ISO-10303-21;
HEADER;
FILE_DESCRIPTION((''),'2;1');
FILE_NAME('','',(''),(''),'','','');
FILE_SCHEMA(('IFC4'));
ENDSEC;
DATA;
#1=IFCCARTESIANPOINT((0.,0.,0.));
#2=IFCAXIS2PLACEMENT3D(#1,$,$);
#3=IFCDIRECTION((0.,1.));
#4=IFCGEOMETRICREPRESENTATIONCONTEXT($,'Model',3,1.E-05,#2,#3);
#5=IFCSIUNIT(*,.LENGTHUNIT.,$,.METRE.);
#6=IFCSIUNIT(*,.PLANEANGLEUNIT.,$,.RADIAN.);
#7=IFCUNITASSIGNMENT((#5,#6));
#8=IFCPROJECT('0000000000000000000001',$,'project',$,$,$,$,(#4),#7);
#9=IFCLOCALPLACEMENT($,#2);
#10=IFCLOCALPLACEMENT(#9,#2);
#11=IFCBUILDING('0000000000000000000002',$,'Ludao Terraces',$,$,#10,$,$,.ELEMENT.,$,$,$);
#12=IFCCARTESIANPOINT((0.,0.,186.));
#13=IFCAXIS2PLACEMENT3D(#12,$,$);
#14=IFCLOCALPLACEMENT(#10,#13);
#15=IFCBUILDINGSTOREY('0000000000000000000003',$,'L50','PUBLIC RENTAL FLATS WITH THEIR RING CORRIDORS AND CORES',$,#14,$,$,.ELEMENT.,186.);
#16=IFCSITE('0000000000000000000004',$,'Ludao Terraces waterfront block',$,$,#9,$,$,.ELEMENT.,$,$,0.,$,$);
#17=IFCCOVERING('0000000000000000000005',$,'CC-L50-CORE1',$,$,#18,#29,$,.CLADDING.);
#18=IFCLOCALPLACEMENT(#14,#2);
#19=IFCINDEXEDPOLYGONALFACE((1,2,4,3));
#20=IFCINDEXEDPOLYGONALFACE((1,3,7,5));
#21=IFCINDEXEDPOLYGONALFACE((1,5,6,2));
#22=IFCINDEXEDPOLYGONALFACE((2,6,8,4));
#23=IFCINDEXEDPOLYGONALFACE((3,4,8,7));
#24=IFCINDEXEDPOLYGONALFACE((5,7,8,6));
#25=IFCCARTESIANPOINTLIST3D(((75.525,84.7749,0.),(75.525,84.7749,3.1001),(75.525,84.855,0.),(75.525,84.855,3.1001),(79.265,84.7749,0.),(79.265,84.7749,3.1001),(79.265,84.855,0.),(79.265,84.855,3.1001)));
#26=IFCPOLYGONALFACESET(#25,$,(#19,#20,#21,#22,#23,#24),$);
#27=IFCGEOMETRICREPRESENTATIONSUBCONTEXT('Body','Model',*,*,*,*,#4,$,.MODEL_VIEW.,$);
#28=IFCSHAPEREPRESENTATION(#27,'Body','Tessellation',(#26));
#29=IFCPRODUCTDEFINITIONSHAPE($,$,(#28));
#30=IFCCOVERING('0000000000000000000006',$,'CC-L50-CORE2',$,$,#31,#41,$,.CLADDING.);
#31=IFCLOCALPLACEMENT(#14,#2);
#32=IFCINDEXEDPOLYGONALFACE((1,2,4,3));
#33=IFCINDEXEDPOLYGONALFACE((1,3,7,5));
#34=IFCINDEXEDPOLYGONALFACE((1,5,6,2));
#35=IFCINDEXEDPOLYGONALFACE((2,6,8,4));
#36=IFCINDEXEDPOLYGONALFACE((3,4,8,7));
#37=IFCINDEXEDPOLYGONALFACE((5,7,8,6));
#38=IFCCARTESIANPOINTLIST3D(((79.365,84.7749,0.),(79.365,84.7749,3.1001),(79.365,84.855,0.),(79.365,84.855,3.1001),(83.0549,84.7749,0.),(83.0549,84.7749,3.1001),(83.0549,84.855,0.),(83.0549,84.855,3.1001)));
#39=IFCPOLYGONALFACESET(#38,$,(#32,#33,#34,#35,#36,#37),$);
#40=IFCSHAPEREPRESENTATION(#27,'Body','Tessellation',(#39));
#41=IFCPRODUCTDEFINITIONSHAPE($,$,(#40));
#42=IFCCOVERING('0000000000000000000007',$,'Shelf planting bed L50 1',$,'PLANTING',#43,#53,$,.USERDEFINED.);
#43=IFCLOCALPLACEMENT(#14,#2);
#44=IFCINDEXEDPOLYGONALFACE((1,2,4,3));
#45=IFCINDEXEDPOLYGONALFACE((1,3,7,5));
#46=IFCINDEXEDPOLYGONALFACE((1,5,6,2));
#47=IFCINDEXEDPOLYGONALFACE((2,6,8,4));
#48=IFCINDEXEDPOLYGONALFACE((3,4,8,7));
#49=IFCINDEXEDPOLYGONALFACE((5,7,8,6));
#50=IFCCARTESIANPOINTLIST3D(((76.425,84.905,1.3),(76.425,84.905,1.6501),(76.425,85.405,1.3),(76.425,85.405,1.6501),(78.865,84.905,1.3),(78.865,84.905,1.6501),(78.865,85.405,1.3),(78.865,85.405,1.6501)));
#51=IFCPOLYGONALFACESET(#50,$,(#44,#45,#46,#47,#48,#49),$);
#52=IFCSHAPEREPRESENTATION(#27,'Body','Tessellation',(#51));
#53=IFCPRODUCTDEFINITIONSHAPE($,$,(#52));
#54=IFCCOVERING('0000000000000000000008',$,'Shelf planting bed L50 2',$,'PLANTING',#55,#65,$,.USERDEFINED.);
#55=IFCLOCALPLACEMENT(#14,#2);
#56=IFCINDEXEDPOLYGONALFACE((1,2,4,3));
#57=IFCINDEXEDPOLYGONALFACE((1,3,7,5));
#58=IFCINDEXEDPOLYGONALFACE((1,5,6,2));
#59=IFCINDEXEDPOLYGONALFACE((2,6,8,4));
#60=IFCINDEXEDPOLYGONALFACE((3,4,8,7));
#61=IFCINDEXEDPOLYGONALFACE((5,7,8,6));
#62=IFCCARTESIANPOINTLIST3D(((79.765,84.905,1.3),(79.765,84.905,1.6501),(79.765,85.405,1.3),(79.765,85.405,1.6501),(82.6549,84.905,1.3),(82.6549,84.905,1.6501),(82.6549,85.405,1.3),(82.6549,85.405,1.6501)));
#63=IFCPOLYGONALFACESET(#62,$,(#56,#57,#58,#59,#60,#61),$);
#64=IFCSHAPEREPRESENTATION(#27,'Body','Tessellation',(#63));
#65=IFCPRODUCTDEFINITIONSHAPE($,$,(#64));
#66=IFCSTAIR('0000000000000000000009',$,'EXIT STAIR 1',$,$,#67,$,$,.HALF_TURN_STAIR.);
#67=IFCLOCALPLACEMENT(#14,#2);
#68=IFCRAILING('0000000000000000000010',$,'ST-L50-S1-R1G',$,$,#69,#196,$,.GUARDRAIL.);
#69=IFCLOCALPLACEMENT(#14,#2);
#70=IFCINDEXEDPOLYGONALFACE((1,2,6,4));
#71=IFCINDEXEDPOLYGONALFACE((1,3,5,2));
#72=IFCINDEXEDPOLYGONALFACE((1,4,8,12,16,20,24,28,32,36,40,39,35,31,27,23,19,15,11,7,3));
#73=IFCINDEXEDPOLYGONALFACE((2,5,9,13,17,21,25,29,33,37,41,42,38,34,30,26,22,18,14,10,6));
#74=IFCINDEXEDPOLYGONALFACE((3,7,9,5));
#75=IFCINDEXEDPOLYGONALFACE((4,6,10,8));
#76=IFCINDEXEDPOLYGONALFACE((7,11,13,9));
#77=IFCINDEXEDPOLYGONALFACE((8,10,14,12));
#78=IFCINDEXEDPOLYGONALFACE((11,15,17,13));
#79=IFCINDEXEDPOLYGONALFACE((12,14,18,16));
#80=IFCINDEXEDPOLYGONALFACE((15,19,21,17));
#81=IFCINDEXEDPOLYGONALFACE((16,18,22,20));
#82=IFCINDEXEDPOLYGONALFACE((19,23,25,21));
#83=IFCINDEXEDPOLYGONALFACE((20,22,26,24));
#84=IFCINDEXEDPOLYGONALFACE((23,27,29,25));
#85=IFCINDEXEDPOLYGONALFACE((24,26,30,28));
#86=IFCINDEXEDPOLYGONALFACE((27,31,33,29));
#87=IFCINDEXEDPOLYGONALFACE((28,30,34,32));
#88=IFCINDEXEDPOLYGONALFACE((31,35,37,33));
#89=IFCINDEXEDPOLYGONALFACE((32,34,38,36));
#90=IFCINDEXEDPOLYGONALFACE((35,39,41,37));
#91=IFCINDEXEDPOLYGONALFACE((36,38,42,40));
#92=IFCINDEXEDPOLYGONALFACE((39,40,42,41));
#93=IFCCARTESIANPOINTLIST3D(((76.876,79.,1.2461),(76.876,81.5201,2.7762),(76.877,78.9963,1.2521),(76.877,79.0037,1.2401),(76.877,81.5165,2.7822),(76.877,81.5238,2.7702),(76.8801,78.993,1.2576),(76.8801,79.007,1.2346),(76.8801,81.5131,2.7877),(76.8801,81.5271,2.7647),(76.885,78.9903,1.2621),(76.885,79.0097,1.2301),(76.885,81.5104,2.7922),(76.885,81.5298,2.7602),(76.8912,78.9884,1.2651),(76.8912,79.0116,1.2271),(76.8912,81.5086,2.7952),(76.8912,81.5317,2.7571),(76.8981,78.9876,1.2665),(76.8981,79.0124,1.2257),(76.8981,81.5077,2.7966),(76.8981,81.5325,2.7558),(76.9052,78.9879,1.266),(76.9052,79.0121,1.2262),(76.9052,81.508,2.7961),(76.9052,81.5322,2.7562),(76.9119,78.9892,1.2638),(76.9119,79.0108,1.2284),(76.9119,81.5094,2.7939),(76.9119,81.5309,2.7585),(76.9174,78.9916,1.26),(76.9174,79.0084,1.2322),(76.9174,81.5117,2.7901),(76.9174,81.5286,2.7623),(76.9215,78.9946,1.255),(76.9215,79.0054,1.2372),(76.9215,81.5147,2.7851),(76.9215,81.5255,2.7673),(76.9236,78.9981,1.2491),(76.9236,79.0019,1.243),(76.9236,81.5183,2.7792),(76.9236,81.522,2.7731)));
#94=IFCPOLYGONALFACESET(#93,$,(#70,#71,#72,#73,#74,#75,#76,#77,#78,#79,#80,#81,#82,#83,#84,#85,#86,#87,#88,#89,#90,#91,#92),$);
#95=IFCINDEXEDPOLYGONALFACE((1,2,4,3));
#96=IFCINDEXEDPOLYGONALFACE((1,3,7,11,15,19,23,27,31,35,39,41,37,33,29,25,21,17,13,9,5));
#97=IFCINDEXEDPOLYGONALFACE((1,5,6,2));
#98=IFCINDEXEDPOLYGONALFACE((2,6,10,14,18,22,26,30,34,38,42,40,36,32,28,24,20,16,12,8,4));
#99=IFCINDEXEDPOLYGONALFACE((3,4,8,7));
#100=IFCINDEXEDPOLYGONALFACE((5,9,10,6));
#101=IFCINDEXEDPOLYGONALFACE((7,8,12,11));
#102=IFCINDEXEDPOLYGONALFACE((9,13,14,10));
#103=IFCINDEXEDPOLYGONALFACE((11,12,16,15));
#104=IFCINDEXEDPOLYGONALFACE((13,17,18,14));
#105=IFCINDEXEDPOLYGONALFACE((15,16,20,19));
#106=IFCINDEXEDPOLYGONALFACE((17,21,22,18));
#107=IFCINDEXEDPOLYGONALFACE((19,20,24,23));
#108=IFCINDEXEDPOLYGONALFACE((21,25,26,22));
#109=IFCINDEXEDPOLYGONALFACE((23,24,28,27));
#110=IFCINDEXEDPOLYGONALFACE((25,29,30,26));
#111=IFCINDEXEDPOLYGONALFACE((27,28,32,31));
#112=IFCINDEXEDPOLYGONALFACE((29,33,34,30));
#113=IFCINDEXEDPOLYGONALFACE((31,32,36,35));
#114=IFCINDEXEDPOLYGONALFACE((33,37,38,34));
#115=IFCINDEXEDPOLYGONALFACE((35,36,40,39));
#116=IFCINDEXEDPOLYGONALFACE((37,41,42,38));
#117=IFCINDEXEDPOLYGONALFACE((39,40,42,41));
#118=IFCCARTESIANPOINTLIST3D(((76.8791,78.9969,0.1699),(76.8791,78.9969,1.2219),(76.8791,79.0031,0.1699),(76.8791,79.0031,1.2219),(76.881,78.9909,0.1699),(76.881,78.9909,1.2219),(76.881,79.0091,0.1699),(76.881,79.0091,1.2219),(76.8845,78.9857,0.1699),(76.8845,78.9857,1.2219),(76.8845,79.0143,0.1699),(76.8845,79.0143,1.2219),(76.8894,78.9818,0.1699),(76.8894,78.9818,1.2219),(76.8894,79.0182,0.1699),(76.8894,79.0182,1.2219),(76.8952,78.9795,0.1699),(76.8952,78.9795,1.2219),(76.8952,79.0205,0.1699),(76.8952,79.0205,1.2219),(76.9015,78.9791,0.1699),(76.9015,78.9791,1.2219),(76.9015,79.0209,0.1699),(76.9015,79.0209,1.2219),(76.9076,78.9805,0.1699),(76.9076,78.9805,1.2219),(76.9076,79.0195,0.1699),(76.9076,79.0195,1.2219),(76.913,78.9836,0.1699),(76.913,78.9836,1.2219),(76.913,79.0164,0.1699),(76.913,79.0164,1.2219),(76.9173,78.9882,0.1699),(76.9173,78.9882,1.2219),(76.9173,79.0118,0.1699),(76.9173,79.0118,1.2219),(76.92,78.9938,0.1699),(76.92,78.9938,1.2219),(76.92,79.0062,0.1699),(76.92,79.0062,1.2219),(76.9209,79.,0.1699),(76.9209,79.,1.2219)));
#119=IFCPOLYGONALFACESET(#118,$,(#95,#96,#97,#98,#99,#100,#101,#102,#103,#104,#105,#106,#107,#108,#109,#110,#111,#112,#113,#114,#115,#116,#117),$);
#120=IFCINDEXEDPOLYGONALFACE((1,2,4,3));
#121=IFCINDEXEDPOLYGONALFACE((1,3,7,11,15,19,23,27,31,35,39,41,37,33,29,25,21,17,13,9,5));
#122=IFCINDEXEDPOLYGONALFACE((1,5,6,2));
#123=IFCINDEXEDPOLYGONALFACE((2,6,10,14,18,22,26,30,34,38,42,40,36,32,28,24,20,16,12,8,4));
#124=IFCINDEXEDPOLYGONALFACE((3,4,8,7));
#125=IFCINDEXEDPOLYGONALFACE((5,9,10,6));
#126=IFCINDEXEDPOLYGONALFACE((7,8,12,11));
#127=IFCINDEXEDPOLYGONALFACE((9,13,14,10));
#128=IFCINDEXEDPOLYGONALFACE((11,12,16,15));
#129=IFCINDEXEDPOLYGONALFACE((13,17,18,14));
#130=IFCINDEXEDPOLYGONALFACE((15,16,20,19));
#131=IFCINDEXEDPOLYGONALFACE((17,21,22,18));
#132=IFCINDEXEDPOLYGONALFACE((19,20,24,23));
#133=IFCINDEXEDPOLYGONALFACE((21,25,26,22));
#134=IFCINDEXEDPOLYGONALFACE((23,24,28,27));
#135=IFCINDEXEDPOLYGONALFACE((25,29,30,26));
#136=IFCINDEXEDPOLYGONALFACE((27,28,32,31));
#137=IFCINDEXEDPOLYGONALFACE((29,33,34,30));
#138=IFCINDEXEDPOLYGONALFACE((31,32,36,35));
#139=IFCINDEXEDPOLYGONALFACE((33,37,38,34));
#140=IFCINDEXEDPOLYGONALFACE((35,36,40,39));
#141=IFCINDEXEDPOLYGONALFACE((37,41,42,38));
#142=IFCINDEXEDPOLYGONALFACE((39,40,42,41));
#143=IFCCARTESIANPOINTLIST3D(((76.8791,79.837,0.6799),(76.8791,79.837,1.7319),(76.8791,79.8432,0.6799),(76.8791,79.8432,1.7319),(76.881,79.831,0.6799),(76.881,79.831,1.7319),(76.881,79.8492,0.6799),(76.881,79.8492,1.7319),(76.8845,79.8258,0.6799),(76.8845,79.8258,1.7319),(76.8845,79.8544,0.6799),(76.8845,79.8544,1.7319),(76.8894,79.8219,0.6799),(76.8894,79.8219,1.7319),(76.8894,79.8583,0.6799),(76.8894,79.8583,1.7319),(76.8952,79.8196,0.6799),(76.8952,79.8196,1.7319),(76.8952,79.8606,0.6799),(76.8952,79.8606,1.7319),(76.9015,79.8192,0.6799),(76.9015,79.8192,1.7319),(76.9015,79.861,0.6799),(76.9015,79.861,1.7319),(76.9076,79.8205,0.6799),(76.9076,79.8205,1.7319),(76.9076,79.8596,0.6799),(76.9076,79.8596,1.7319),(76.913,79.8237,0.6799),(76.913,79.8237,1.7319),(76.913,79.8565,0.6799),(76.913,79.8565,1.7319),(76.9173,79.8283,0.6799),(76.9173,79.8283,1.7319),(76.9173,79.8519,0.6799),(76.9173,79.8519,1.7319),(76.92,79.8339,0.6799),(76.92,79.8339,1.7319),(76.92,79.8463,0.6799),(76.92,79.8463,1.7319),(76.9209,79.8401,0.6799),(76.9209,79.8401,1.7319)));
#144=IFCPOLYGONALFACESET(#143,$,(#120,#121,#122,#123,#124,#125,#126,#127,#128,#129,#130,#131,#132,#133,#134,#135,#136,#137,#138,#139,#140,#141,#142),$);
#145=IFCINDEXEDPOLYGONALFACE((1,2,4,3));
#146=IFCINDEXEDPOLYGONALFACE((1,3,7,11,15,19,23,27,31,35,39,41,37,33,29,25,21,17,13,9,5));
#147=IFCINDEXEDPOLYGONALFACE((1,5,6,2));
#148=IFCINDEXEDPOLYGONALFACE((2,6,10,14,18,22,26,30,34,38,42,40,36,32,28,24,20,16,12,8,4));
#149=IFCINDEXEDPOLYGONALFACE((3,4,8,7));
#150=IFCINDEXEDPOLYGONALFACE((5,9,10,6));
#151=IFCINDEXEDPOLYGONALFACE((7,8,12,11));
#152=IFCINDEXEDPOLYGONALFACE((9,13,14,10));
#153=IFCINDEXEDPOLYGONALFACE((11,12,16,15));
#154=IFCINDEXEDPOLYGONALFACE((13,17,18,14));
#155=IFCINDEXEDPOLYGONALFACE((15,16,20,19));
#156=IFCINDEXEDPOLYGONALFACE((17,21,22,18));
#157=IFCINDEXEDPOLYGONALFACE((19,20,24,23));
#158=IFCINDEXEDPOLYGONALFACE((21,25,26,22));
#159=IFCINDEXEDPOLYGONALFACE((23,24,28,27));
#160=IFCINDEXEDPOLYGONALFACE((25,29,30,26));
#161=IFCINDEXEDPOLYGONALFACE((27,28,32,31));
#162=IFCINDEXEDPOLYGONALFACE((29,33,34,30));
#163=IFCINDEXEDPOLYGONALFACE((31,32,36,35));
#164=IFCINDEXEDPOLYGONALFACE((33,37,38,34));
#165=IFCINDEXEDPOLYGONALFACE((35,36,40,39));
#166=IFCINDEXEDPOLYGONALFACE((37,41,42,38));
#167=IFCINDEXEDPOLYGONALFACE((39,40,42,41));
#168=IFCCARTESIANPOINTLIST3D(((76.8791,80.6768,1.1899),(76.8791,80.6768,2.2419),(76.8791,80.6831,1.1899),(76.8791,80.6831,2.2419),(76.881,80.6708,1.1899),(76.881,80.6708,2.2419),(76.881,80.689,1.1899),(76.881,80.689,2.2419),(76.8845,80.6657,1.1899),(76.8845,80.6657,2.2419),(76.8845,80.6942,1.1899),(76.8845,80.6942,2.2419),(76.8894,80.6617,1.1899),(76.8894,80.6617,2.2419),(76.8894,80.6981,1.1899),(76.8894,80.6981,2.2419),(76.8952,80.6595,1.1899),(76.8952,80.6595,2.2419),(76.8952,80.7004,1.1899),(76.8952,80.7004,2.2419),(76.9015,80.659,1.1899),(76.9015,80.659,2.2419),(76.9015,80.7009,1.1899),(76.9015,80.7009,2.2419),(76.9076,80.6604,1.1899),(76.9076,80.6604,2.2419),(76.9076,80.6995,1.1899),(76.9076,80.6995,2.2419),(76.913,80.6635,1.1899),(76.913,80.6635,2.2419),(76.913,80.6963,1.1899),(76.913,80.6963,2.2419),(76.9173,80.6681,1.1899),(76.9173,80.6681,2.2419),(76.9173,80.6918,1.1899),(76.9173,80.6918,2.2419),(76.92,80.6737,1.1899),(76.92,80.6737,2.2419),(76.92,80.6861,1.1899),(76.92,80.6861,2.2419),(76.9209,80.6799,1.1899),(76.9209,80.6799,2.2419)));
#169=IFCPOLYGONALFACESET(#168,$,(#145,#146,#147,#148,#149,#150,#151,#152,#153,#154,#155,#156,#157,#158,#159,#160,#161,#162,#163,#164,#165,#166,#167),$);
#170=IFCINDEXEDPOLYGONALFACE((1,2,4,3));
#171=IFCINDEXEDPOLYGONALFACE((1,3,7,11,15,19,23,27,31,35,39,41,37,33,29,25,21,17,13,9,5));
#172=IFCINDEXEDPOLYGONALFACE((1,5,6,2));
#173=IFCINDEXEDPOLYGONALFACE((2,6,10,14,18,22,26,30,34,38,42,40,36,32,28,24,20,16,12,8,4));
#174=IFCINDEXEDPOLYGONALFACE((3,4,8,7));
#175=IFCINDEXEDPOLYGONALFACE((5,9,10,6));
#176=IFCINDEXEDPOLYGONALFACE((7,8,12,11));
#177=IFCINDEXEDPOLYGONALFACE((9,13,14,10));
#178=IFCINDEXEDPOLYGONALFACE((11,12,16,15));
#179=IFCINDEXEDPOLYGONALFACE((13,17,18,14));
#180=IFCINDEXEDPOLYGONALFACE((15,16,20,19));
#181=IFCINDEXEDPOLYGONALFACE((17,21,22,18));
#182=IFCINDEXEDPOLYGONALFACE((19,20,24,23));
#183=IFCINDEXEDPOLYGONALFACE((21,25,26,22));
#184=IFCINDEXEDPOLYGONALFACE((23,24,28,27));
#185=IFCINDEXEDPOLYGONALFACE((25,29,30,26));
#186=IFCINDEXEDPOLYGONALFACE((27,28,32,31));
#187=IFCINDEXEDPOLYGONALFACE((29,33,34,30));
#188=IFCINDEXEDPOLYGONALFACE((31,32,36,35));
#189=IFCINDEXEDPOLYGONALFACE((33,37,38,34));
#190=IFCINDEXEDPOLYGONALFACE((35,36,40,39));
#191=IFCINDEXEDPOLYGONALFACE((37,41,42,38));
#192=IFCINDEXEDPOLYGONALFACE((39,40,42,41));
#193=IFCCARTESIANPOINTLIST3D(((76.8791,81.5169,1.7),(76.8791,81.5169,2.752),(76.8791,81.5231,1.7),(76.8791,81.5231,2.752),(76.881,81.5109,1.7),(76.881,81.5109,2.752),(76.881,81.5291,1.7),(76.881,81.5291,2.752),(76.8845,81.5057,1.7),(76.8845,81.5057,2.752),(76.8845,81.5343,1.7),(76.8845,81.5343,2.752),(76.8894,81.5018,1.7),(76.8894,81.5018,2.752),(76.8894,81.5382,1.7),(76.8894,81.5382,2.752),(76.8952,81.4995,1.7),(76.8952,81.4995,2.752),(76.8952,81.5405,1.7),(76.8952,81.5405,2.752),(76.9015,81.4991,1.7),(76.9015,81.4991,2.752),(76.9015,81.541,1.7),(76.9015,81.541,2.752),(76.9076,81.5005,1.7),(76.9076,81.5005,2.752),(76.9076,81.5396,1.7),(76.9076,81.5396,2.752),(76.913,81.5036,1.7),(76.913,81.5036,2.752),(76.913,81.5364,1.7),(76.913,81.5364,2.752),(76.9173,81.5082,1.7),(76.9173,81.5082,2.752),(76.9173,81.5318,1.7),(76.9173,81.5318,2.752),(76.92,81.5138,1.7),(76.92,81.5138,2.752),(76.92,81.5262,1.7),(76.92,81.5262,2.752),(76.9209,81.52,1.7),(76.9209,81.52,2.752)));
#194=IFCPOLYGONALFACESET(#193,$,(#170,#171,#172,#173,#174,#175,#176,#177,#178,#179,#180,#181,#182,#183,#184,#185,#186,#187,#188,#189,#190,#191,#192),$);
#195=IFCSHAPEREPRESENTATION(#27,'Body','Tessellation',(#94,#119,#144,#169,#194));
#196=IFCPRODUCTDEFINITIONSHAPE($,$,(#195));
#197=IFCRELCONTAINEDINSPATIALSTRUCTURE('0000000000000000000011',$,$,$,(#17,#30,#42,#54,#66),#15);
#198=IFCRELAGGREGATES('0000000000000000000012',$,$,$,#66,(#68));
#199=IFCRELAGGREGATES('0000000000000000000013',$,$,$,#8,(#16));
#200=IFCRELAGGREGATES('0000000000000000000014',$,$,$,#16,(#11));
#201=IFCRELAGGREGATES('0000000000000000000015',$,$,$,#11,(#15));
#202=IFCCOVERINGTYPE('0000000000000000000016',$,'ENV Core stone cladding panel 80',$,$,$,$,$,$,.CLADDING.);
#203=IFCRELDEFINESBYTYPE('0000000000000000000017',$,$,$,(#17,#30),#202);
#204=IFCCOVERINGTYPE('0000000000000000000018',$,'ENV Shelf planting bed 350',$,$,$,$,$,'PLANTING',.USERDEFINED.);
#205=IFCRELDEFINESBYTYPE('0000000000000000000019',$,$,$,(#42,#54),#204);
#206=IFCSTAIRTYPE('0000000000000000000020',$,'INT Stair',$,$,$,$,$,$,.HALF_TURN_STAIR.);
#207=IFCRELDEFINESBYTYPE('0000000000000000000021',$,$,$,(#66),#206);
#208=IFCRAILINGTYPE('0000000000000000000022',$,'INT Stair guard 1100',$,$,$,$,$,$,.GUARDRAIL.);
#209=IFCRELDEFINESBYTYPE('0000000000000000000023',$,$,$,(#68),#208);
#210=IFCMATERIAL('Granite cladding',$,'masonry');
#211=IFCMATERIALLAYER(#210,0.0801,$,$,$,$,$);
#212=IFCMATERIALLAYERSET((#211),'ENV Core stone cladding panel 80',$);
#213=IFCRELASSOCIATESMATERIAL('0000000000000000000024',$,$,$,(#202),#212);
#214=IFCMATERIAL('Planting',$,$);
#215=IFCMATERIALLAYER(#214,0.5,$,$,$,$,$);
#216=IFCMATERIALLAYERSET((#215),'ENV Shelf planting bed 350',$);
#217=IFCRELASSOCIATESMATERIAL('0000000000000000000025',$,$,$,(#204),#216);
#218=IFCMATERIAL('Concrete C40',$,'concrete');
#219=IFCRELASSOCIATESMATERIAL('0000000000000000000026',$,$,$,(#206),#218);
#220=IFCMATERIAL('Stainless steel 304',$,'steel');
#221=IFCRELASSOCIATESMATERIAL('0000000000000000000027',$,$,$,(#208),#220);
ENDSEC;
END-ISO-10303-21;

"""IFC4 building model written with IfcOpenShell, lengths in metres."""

from ifc_helpers import new_model, si_unit, direction, frame, origin, origin_2d, place, context, subcontext, project, spatial, rectangle, circle, extrude, material, layer, layer_set, type_object, element, aggregate, save


model = new_model("IFC4")

# Units and contexts
model_context = context("Model", 3, precision=1e-05, world=origin(), true_north=direction((0.0, 1.0)))
body_context = subcontext(model_context, "Body", "Model", "MODEL_VIEW")
ifc_project = project(units=[si_unit("LENGTHUNIT", "METRE"), si_unit("PLANEANGLEUNIT", "RADIAN")], contexts=[model_context])

# Site, building, storey
site_placement = place(None, origin())
site = spatial("IfcSite", under=ifc_project, at=site_placement, Name="Ludao Terraces waterfront block", CompositionType="ELEMENT", RefElevation=0.0)
building_placement = place(site_placement, origin())
building = spatial("IfcBuilding", under=site, at=building_placement, Name="Ludao Terraces", CompositionType="ELEMENT")
storey_placement = place(building_placement, frame((0.0, 0.0, 186.0)))
storey = spatial("IfcBuildingStorey", under=building, at=storey_placement, Name="L50", Description="PUBLIC RENTAL FLATS WITH THEIR RING CORRIDORS AND CORES", CompositionType="ELEMENT", Elevation=186.0)

# Shared definitions
ifc_material_1 = material(Name="Granite cladding", Category="masonry")
ifc_material_2 = material(Name="Concrete C40", Category="concrete")

# Shared definitions
ifc_material_3 = material(Name="Stainless steel 304", Category="steel")

# Coverings
ifc_layer_1 = layer(ifc_material_1, 0.0801)
ifc_layer_set_1 = layer_set([ifc_layer_1], Name="ENV Core stone cladding panel 80")
covering_type_1 = type_object("IfcCoveringType", Name="ENV Core stone cladding panel 80", PredefinedType="CLADDING", material=ifc_layer_set_1)
covering_1_placement = place(storey_placement, frame((77.395, 84.8149, 0.0), z_axis=(0.0, 0.0, 1.0), x_axis=(1.0, 0.0, 0.0)))
element("IfcCovering", 1, at=covering_1_placement, inside=storey, type_object=covering_type_1, Name="CC-L50-CORE1", PredefinedType="CLADDING", context=body_context, shape_type="SweptSolid", body=[
    extrude(rectangle(XDim=3.74, YDim=0.0801, at=origin_2d()), origin(), (0.0, 0.0, 1.0), 3.1001),
])
covering_2_placement = place(storey_placement, frame((81.21, 84.8149, 0.0), z_axis=(0.0, 0.0, 1.0), x_axis=(1.0, 0.0, 0.0)))
element("IfcCovering", 2, at=covering_2_placement, inside=storey, type_object=covering_type_1, Name="CC-L50-CORE2", PredefinedType="CLADDING", context=body_context, shape_type="SweptSolid", body=[
    extrude(rectangle(XDim=3.6899, YDim=0.0801, at=origin_2d()), origin(), (0.0, 0.0, 1.0), 3.1001),
])
ifc_material_4 = material(Name="Planting")
ifc_layer_2 = layer(ifc_material_4, 0.5)
ifc_layer_set_2 = layer_set([ifc_layer_2], Name="ENV Shelf planting bed 350")
covering_type_2 = type_object("IfcCoveringType", Name="ENV Shelf planting bed 350", ElementType="PLANTING", PredefinedType="USERDEFINED", material=ifc_layer_set_2)
covering_3_placement = place(storey_placement, frame((77.645, 85.155, 1.3), z_axis=(0.0, 0.0, 1.0), x_axis=(1.0, 0.0, 0.0)))
element("IfcCovering", 3, at=covering_3_placement, inside=storey, type_object=covering_type_2, Name="Shelf planting bed L50 1", ObjectType="PLANTING", PredefinedType="USERDEFINED", context=body_context, shape_type="SweptSolid", body=[
    extrude(rectangle(XDim=2.4399, YDim=0.5, at=origin_2d()), origin(), (0.0, 0.0, 1.0), 0.3501),
])
covering_4_placement = place(storey_placement, frame((81.21, 85.155, 1.3), z_axis=(0.0, 0.0, 1.0), x_axis=(1.0, 0.0, 0.0)))
element("IfcCovering", 4, at=covering_4_placement, inside=storey, type_object=covering_type_2, Name="Shelf planting bed L50 2", ObjectType="PLANTING", PredefinedType="USERDEFINED", context=body_context, shape_type="SweptSolid", body=[
    extrude(rectangle(XDim=2.8899, YDim=0.5, at=origin_2d()), origin(), (0.0, 0.0, 1.0), 0.3501),
])

# Stair, railing
stair_type = type_object("IfcStairType", Name="INT Stair", PredefinedType="HALF_TURN_STAIR", material=ifc_material_2)
stair_placement = place(storey_placement, origin())
stair = element("IfcStair", 5, at=stair_placement, inside=storey, type_object=stair_type, Name="EXIT STAIR 1", PredefinedType="HALF_TURN_STAIR")
railing_type_1 = type_object("IfcRailingType", Name="INT Stair guard 1100", PredefinedType="GUARDRAIL", material=ifc_material_3)
railing_1_placement = place(storey_placement, frame((76.8999, 79.0, 0.1699)))
railing_1 = element("IfcRailing", 6, at=railing_1_placement, type_object=railing_type_1, Name="ST-L50-S1-R1G", PredefinedType="GUARDRAIL", context=body_context, shape_type="SweptSolid", body=[
    extrude(circle(Radius=0.0239, at=origin_2d()), frame((0.0, 0.0, 1.0762), z_axis=(0.0, 0.854785, 0.518982), x_axis=(-1.0, 0.0, 0.0)), (0.0, 0.0, 1.0), 2.9482),
    extrude(circle(Radius=0.021, at=origin_2d()), origin(), (0.0, 0.0, 1.0), 1.052),
    extrude(circle(Radius=0.021, at=origin_2d()), frame((0.0, 0.8401, 0.51)), (0.0, 0.0, 1.0), 1.052),
    extrude(circle(Radius=0.021, at=origin_2d()), frame((0.0, 1.6799, 1.02)), (0.0, 0.0, 1.0), 1.052),
    extrude(circle(Radius=0.021, at=origin_2d()), frame((0.0, 2.52, 1.53)), (0.0, 0.0, 1.0), 1.052),
])
aggregate(stair, [railing_1])

save(model, "model.ifc")
